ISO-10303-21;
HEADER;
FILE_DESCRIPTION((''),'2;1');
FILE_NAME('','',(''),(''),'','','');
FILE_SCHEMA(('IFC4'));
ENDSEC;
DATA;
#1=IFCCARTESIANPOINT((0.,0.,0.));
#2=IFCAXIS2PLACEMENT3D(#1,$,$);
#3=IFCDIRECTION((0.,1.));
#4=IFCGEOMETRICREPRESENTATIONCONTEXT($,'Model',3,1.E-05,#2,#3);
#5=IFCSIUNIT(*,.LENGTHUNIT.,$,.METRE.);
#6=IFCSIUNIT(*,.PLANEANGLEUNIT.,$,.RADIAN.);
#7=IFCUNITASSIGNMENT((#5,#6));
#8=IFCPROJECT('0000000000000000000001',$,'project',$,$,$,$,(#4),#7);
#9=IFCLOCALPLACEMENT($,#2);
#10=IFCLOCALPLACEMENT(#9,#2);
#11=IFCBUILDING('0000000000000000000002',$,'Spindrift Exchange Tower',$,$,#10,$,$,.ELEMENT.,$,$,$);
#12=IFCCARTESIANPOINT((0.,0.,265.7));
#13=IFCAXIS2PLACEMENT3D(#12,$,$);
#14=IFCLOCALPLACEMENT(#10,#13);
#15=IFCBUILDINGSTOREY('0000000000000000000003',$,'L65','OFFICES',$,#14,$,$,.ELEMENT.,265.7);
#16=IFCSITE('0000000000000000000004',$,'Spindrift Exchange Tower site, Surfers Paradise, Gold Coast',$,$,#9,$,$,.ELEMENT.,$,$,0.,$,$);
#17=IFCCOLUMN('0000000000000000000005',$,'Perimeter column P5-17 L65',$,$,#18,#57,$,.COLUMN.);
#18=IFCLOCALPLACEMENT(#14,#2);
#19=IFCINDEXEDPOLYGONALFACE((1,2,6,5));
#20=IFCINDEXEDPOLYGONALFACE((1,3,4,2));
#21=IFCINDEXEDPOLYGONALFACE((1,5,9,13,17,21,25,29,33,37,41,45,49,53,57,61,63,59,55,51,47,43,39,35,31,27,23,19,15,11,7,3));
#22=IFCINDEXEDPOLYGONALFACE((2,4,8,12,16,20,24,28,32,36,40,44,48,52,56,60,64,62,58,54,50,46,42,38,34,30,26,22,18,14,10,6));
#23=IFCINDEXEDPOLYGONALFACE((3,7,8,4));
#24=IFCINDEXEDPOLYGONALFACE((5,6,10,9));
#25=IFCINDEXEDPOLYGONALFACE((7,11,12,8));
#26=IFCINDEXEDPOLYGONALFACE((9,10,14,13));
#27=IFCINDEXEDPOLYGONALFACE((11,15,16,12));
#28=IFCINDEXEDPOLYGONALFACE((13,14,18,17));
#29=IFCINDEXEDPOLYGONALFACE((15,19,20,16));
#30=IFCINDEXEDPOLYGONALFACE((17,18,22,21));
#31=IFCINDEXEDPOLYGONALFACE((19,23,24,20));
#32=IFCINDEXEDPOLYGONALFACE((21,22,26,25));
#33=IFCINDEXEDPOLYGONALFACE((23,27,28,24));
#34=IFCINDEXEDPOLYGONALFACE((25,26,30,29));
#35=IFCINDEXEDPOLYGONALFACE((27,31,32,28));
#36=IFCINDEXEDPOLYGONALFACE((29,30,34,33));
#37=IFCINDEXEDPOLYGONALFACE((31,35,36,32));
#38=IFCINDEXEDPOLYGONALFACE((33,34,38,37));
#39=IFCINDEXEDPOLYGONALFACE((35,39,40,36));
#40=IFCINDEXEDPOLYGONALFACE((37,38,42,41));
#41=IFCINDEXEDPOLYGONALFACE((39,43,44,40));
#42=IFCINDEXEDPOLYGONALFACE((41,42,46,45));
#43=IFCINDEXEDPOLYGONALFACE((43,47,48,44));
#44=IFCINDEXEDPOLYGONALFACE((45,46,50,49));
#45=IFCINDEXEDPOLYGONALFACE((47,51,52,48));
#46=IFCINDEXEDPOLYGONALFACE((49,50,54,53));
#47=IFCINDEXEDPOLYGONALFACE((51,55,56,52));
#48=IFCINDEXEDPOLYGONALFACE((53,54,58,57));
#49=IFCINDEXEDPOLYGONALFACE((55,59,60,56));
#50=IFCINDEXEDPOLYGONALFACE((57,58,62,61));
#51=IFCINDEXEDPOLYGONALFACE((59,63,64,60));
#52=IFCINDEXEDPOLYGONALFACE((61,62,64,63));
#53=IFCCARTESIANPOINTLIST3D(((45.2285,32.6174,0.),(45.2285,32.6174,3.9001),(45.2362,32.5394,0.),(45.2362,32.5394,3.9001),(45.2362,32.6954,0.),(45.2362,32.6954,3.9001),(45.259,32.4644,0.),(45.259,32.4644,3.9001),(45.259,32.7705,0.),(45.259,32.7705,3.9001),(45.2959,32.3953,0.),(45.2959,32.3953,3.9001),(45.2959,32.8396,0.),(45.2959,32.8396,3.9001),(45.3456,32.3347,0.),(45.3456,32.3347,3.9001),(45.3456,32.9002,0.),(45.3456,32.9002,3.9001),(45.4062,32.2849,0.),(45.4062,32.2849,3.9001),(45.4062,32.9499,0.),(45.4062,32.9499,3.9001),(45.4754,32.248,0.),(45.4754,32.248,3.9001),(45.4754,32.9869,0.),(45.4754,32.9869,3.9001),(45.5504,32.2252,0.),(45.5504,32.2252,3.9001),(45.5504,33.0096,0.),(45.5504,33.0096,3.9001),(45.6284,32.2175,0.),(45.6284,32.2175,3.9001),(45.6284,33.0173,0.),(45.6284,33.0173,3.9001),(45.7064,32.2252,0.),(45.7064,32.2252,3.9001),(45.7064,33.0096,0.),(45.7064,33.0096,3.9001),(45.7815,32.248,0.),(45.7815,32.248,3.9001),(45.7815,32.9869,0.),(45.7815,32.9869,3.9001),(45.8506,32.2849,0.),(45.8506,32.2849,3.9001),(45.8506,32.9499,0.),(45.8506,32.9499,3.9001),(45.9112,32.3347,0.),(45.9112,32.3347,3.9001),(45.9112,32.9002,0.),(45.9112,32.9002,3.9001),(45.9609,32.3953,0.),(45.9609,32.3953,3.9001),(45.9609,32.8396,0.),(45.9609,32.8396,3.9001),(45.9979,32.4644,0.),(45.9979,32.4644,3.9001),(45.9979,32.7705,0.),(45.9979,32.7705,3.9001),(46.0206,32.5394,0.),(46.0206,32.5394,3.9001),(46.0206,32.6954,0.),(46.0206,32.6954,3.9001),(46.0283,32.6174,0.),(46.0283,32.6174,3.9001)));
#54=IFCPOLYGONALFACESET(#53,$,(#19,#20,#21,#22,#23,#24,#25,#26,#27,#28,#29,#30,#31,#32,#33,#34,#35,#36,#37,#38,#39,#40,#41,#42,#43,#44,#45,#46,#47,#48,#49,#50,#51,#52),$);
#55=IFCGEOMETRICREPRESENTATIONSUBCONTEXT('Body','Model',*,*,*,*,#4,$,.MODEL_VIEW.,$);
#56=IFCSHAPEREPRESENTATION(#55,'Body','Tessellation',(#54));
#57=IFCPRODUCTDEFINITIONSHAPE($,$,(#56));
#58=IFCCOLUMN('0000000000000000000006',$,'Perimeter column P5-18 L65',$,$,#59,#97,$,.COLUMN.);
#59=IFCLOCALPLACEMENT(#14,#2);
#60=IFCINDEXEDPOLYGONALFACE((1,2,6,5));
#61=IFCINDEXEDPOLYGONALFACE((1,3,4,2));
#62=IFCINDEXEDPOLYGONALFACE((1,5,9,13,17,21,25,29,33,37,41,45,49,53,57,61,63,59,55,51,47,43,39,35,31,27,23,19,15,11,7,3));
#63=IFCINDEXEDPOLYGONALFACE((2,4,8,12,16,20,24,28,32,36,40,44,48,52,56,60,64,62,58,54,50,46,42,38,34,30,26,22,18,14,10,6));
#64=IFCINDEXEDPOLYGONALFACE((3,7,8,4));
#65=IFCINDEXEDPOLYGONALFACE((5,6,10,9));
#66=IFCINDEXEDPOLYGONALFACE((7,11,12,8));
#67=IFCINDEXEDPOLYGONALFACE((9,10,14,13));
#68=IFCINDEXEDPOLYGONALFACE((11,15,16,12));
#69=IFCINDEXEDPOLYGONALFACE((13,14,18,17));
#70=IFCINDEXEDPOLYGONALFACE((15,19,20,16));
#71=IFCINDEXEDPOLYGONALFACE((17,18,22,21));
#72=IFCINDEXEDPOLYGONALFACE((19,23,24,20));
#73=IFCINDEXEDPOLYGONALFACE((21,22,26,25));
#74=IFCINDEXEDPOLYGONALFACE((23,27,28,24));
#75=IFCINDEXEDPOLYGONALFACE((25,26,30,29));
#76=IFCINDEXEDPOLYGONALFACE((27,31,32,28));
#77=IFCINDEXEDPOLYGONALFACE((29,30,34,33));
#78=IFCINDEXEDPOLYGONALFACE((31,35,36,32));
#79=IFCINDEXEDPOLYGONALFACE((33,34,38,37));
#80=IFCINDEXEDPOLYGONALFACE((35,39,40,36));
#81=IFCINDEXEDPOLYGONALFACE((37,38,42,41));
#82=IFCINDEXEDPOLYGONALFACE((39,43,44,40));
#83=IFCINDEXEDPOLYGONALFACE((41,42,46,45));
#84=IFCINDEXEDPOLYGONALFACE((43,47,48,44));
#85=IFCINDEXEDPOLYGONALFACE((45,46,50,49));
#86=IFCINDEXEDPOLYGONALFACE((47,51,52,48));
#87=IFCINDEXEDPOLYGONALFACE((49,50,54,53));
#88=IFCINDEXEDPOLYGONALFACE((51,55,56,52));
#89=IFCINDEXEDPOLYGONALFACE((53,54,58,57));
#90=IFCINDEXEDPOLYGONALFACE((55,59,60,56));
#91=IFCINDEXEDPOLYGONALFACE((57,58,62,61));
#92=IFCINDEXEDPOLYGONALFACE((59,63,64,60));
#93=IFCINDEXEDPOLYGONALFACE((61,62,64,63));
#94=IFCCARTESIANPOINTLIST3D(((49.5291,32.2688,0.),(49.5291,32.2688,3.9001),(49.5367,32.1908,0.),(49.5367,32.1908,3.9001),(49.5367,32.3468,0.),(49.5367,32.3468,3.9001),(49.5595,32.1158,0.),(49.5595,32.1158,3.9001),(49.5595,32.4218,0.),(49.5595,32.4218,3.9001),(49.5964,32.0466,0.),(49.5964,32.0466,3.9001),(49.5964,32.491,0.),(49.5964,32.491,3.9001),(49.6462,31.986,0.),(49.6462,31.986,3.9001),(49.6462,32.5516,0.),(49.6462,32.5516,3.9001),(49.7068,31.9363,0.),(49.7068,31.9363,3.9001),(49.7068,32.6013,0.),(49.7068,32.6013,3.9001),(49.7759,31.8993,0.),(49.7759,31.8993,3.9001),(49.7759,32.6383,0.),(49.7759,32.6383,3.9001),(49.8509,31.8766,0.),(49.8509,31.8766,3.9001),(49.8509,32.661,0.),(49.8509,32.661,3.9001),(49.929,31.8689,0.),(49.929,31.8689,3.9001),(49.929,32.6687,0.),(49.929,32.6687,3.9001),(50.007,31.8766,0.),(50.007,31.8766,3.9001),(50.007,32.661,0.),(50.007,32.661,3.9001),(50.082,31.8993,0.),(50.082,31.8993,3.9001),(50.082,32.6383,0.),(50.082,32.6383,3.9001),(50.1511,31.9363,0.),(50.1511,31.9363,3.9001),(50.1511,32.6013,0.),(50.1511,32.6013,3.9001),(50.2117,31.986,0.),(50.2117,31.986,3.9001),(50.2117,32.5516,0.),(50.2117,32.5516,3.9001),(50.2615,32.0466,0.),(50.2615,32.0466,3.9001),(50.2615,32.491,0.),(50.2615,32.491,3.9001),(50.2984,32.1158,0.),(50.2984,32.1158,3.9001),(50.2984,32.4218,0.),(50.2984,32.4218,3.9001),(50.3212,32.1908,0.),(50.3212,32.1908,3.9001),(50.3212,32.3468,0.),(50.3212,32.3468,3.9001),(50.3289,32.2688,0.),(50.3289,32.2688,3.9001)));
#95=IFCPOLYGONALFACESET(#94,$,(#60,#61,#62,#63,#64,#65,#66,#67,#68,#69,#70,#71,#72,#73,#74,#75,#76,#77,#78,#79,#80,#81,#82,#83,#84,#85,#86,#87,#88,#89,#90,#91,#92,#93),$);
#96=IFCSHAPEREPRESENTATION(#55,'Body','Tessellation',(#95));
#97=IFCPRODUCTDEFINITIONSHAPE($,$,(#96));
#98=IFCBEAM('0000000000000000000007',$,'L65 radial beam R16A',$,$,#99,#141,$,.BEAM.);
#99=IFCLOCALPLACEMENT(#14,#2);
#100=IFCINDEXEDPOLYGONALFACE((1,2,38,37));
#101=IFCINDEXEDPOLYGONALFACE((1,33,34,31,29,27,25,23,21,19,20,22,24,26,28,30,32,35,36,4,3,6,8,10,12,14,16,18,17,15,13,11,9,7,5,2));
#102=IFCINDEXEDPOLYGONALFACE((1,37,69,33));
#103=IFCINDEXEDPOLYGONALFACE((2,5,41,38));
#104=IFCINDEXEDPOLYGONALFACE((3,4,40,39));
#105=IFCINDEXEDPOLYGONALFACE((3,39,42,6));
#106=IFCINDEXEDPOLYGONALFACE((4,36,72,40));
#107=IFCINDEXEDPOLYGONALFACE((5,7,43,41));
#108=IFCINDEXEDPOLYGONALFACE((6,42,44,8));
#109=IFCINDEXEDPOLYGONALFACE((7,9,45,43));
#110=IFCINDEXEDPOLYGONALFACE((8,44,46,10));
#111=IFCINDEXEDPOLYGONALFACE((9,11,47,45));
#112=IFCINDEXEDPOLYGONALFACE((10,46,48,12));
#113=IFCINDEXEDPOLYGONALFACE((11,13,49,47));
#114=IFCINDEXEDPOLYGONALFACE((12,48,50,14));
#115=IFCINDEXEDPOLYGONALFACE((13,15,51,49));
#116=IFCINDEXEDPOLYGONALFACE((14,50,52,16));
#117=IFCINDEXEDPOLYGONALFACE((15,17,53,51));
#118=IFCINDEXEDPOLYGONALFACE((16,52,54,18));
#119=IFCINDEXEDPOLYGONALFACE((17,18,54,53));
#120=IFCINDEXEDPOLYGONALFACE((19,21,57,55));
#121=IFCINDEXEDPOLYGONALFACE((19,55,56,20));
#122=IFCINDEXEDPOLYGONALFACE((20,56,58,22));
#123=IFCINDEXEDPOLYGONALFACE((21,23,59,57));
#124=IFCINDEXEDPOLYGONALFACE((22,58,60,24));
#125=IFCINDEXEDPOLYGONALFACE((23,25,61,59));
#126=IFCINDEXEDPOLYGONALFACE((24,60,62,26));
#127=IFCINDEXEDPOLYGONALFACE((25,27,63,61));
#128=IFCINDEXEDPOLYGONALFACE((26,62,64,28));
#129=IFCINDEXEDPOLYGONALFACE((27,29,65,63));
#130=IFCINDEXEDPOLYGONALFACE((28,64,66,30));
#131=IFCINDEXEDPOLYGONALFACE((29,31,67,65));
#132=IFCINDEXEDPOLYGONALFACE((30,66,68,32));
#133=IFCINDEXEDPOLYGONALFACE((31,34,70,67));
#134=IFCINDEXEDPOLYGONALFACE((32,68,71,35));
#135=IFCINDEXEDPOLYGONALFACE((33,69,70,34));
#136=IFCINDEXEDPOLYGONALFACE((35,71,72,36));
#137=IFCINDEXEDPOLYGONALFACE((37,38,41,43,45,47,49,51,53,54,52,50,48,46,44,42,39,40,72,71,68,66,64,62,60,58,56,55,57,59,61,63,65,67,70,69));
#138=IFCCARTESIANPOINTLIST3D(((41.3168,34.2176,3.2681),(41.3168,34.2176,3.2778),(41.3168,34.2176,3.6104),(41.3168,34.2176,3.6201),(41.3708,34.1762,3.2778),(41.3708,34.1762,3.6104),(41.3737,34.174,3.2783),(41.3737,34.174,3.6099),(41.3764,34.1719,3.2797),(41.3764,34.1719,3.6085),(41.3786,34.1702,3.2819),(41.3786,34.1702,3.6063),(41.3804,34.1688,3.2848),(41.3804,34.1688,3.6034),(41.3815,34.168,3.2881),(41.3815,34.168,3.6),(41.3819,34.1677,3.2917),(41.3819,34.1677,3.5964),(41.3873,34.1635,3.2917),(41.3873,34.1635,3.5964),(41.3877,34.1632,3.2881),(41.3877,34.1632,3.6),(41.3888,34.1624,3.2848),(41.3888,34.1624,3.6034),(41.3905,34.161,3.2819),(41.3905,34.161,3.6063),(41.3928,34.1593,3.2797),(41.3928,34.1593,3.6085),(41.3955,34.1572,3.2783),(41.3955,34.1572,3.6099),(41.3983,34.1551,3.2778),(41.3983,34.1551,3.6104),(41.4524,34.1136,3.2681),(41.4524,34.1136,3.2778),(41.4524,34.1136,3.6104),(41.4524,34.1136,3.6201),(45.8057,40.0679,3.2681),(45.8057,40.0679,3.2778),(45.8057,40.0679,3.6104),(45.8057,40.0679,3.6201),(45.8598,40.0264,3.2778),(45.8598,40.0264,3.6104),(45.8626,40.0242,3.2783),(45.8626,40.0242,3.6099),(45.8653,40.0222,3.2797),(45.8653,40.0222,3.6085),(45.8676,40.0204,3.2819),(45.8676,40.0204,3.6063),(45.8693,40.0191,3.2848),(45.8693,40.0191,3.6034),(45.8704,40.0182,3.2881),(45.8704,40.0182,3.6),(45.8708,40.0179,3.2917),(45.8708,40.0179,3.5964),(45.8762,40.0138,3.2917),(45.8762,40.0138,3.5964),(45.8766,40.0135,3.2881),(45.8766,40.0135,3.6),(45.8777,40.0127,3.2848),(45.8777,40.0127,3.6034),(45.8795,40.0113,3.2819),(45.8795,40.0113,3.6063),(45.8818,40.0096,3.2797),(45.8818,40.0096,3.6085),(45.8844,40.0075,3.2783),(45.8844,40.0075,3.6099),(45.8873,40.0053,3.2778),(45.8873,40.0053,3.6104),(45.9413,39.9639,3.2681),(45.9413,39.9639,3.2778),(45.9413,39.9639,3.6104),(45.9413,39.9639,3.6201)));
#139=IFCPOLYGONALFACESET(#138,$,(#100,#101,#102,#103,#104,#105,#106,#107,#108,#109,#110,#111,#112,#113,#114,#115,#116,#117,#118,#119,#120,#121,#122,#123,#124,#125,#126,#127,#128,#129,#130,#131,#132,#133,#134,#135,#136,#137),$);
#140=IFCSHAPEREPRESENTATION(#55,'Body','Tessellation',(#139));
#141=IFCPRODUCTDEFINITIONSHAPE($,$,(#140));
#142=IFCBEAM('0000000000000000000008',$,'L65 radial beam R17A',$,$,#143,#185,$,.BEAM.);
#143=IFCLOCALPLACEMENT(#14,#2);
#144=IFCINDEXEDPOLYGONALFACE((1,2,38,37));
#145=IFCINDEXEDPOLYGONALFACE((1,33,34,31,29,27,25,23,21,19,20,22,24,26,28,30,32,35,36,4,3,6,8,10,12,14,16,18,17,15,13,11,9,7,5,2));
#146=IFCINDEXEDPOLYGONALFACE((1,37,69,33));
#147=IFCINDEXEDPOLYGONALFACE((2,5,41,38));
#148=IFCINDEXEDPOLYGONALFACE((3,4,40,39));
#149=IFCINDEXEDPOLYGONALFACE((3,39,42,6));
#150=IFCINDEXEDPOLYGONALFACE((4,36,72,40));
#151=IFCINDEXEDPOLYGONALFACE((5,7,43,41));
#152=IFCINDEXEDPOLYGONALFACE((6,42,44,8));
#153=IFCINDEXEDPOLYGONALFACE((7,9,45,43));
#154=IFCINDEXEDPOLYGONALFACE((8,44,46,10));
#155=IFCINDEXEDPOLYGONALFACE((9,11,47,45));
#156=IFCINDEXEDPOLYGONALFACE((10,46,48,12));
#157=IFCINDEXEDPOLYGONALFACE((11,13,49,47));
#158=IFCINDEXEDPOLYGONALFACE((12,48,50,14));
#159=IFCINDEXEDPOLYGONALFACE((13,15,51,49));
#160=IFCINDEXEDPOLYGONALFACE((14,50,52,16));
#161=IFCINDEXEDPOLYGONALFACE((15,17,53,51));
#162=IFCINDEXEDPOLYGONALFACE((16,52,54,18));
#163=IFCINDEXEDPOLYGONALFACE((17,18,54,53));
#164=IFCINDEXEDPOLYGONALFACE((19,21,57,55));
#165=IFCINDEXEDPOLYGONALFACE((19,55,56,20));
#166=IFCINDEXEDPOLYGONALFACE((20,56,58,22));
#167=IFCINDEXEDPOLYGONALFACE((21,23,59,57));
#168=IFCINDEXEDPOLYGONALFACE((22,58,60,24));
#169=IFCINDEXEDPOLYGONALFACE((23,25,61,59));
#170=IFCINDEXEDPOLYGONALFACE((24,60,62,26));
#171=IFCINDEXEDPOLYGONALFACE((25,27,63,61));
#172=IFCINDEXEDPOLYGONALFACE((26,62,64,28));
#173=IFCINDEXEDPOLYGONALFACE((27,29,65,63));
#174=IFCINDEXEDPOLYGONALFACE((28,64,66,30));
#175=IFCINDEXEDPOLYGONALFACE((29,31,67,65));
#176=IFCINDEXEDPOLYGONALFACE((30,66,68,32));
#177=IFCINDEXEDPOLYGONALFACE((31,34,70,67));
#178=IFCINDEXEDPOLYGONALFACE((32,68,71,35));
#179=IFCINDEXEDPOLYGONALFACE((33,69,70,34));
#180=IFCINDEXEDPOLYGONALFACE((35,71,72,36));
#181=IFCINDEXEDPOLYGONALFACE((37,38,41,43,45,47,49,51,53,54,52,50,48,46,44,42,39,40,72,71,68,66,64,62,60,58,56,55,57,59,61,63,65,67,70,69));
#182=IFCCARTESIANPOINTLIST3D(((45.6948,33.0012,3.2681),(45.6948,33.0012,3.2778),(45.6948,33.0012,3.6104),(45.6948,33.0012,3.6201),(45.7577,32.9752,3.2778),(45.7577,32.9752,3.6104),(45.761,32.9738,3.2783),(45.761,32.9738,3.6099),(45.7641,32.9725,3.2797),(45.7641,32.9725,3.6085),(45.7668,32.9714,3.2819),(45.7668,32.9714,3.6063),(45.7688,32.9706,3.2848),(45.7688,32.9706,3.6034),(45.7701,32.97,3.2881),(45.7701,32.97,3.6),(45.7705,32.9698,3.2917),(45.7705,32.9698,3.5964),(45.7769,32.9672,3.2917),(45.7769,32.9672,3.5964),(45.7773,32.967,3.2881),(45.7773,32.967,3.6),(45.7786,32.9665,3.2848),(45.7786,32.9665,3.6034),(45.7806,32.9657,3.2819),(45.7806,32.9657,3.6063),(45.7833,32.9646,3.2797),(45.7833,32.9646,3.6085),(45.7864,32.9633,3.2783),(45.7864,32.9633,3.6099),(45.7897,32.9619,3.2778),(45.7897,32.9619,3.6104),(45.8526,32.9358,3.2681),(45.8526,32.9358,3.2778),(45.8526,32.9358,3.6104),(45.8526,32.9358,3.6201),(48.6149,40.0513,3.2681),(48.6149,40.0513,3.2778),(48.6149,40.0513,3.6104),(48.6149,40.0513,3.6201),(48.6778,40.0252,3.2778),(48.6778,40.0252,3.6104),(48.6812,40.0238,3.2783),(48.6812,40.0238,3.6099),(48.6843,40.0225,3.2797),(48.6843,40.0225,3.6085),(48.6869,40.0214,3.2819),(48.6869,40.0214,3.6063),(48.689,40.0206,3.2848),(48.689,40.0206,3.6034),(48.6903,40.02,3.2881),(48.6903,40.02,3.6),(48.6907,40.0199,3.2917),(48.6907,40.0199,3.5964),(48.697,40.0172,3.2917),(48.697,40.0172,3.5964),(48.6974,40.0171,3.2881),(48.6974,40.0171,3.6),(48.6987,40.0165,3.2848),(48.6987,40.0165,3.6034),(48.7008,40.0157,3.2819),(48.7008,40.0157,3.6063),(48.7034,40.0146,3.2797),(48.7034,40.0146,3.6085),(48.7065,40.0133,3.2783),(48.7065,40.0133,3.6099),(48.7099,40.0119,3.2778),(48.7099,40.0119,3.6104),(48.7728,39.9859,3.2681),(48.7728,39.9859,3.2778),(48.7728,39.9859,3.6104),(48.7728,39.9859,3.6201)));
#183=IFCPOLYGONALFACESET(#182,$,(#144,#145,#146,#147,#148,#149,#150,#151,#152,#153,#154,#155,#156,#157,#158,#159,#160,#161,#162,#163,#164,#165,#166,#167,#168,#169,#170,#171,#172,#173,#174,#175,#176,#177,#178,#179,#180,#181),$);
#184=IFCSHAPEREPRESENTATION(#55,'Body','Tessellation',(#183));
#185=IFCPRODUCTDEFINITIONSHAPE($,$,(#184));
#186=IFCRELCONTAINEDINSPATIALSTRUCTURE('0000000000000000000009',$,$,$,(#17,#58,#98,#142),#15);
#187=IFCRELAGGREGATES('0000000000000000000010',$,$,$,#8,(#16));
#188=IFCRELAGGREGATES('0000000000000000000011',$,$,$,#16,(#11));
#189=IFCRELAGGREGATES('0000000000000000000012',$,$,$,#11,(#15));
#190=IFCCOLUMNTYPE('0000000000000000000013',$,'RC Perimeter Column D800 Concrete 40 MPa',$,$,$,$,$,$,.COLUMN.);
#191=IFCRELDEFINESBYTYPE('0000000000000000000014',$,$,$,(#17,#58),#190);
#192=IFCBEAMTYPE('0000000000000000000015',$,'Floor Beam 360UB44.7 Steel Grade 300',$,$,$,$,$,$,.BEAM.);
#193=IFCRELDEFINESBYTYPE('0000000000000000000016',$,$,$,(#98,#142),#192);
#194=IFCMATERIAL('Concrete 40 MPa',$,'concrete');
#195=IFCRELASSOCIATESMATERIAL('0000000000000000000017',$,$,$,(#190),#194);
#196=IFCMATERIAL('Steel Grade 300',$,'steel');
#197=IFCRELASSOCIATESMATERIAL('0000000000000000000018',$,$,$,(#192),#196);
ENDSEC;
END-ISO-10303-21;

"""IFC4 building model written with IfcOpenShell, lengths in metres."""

from ifc_helpers import new_model, si_unit, direction, frame, origin, origin_2d, place, context, subcontext, project, spatial, circle, i_section, extrude, source, transform, mapped, material, material_profile, profile_set, type_object, element, save


model = new_model("IFC4")

# Units and contexts
model_context = context("Model", 3, precision=1e-05, world=origin(), true_north=direction((0.0, 1.0)))
body_context = subcontext(model_context, "Body", "Model", "MODEL_VIEW")
ifc_project = project(units=[si_unit("LENGTHUNIT", "METRE"), si_unit("PLANEANGLEUNIT", "RADIAN")], contexts=[model_context])

# Site, building, storey
site_placement = place(None, origin())
site = spatial("IfcSite", under=ifc_project, at=site_placement, Name="Spindrift Exchange Tower site, Surfers Paradise, Gold Coast", CompositionType="ELEMENT", RefElevation=0.0)
building_placement = place(site_placement, origin())
building = spatial("IfcBuilding", under=site, at=building_placement, Name="Spindrift Exchange Tower", CompositionType="ELEMENT")
storey_placement = place(building_placement, frame((0.0, 0.0, 265.7)))
storey = spatial("IfcBuildingStorey", under=building, at=storey_placement, Name="L65", Description="OFFICES", CompositionType="ELEMENT", Elevation=265.7)

# Columns
ifc_material_1 = material(Name="Concrete 40 MPa", Category="concrete")
ifc_material_profile_1 = material_profile(ifc_material_1, circle(Radius=0.3999, at=origin_2d()), Name="RC D800")
ifc_profile_set_1 = profile_set([ifc_material_profile_1], Name="Concrete 40 MPa")
column_type = type_object("IfcColumnType", Name="RC Perimeter Column D800 Concrete 40 MPa", PredefinedType="COLUMN", material=ifc_profile_set_1)
shared_shape_1 = source(origin(), body_context, "Body", "SweptSolid", [
    extrude(circle(Radius=0.3999, at=origin_2d()), origin(), (0.0, 0.0, 1.0), 3.9001),
])
for number, where, z_axis, x_axis, name in (
    (1, (45.6284, 32.6174, 0.0), (0.0, 0.0, 1.0), (1.0, 0.0, 0.0), "Perimeter column P5-17 L65"),
    (2, (49.929, 32.2688, 0.0), (0.0, 0.0, 1.0), (1.0, 0.0, 0.0), "Perimeter column P5-18 L65"),
):
    element("IfcColumn", number, at=place(storey_placement, frame(where, z_axis=z_axis, x_axis=x_axis)), inside=storey, type_object=column_type, Name=name, PredefinedType="COLUMN", context=body_context, shape_type="MappedRepresentation", body=[
        mapped(shared_shape_1, transform((0.0, 0.0, 0.0), scale=1.0)),
    ])

# Beams
ifc_material_2 = material(Name="Steel Grade 300", Category="steel")
ifc_material_profile_2 = material_profile(ifc_material_2, i_section(OverallWidth=0.1709, OverallDepth=0.3521, WebThickness=0.0068, FlangeThickness=0.0098, FilletRadius=0.0139, at=origin_2d()), Name="360UB44.7")
ifc_profile_set_2 = profile_set([ifc_material_profile_2], Name="Steel Grade 300")
beam_type_1 = type_object("IfcBeamType", Name="Floor Beam 360UB44.7 Steel Grade 300", PredefinedType="BEAM", material=ifc_profile_set_2)
shared_shape_2 = source(origin(), body_context, "Body", "SweptSolid", [
    extrude(i_section(OverallWidth=0.1709, OverallDepth=0.3521, WebThickness=0.0068, FlangeThickness=0.0098, FilletRadius=0.0139, at=origin_2d()), origin(), (0.0, 0.0, 1.0), 7.374),
])
beam_1_placement = place(storey_placement, frame((45.8735, 40.0159, 3.4441), z_axis=(-0.608752, -0.793361, 0.0), x_axis=(0.793361, -0.608752, 0.0)))
element("IfcBeam", 3, at=beam_1_placement, inside=storey, type_object=beam_type_1, Name="L65 radial beam R16A", PredefinedType="BEAM", context=body_context, shape_type="MappedRepresentation", body=[
    mapped(shared_shape_2, transform((0.0, 0.0, 0.0), scale=1.0)),
])
shared_shape_3 = source(origin(), body_context, "Body", "SweptSolid", [
    extrude(i_section(OverallWidth=0.1709, OverallDepth=0.3521, WebThickness=0.0068, FlangeThickness=0.0098, FilletRadius=0.0139, at=origin_2d()), origin(), (0.0, 0.0, 1.0), 7.6309),
])
beam_2_placement = place(storey_placement, frame((48.6938, 40.0186, 3.4441), z_axis=(-0.382677, -0.923882, 0.0), x_axis=(0.923882, -0.382677, 0.0)))
element("IfcBeam", 4, at=beam_2_placement, inside=storey, type_object=beam_type_1, Name="L65 radial beam R17A", PredefinedType="BEAM", context=body_context, shape_type="MappedRepresentation", body=[
    mapped(shared_shape_3, transform((0.0, 0.0, 0.0), scale=1.0)),
])

save(model, "model.ifc")
